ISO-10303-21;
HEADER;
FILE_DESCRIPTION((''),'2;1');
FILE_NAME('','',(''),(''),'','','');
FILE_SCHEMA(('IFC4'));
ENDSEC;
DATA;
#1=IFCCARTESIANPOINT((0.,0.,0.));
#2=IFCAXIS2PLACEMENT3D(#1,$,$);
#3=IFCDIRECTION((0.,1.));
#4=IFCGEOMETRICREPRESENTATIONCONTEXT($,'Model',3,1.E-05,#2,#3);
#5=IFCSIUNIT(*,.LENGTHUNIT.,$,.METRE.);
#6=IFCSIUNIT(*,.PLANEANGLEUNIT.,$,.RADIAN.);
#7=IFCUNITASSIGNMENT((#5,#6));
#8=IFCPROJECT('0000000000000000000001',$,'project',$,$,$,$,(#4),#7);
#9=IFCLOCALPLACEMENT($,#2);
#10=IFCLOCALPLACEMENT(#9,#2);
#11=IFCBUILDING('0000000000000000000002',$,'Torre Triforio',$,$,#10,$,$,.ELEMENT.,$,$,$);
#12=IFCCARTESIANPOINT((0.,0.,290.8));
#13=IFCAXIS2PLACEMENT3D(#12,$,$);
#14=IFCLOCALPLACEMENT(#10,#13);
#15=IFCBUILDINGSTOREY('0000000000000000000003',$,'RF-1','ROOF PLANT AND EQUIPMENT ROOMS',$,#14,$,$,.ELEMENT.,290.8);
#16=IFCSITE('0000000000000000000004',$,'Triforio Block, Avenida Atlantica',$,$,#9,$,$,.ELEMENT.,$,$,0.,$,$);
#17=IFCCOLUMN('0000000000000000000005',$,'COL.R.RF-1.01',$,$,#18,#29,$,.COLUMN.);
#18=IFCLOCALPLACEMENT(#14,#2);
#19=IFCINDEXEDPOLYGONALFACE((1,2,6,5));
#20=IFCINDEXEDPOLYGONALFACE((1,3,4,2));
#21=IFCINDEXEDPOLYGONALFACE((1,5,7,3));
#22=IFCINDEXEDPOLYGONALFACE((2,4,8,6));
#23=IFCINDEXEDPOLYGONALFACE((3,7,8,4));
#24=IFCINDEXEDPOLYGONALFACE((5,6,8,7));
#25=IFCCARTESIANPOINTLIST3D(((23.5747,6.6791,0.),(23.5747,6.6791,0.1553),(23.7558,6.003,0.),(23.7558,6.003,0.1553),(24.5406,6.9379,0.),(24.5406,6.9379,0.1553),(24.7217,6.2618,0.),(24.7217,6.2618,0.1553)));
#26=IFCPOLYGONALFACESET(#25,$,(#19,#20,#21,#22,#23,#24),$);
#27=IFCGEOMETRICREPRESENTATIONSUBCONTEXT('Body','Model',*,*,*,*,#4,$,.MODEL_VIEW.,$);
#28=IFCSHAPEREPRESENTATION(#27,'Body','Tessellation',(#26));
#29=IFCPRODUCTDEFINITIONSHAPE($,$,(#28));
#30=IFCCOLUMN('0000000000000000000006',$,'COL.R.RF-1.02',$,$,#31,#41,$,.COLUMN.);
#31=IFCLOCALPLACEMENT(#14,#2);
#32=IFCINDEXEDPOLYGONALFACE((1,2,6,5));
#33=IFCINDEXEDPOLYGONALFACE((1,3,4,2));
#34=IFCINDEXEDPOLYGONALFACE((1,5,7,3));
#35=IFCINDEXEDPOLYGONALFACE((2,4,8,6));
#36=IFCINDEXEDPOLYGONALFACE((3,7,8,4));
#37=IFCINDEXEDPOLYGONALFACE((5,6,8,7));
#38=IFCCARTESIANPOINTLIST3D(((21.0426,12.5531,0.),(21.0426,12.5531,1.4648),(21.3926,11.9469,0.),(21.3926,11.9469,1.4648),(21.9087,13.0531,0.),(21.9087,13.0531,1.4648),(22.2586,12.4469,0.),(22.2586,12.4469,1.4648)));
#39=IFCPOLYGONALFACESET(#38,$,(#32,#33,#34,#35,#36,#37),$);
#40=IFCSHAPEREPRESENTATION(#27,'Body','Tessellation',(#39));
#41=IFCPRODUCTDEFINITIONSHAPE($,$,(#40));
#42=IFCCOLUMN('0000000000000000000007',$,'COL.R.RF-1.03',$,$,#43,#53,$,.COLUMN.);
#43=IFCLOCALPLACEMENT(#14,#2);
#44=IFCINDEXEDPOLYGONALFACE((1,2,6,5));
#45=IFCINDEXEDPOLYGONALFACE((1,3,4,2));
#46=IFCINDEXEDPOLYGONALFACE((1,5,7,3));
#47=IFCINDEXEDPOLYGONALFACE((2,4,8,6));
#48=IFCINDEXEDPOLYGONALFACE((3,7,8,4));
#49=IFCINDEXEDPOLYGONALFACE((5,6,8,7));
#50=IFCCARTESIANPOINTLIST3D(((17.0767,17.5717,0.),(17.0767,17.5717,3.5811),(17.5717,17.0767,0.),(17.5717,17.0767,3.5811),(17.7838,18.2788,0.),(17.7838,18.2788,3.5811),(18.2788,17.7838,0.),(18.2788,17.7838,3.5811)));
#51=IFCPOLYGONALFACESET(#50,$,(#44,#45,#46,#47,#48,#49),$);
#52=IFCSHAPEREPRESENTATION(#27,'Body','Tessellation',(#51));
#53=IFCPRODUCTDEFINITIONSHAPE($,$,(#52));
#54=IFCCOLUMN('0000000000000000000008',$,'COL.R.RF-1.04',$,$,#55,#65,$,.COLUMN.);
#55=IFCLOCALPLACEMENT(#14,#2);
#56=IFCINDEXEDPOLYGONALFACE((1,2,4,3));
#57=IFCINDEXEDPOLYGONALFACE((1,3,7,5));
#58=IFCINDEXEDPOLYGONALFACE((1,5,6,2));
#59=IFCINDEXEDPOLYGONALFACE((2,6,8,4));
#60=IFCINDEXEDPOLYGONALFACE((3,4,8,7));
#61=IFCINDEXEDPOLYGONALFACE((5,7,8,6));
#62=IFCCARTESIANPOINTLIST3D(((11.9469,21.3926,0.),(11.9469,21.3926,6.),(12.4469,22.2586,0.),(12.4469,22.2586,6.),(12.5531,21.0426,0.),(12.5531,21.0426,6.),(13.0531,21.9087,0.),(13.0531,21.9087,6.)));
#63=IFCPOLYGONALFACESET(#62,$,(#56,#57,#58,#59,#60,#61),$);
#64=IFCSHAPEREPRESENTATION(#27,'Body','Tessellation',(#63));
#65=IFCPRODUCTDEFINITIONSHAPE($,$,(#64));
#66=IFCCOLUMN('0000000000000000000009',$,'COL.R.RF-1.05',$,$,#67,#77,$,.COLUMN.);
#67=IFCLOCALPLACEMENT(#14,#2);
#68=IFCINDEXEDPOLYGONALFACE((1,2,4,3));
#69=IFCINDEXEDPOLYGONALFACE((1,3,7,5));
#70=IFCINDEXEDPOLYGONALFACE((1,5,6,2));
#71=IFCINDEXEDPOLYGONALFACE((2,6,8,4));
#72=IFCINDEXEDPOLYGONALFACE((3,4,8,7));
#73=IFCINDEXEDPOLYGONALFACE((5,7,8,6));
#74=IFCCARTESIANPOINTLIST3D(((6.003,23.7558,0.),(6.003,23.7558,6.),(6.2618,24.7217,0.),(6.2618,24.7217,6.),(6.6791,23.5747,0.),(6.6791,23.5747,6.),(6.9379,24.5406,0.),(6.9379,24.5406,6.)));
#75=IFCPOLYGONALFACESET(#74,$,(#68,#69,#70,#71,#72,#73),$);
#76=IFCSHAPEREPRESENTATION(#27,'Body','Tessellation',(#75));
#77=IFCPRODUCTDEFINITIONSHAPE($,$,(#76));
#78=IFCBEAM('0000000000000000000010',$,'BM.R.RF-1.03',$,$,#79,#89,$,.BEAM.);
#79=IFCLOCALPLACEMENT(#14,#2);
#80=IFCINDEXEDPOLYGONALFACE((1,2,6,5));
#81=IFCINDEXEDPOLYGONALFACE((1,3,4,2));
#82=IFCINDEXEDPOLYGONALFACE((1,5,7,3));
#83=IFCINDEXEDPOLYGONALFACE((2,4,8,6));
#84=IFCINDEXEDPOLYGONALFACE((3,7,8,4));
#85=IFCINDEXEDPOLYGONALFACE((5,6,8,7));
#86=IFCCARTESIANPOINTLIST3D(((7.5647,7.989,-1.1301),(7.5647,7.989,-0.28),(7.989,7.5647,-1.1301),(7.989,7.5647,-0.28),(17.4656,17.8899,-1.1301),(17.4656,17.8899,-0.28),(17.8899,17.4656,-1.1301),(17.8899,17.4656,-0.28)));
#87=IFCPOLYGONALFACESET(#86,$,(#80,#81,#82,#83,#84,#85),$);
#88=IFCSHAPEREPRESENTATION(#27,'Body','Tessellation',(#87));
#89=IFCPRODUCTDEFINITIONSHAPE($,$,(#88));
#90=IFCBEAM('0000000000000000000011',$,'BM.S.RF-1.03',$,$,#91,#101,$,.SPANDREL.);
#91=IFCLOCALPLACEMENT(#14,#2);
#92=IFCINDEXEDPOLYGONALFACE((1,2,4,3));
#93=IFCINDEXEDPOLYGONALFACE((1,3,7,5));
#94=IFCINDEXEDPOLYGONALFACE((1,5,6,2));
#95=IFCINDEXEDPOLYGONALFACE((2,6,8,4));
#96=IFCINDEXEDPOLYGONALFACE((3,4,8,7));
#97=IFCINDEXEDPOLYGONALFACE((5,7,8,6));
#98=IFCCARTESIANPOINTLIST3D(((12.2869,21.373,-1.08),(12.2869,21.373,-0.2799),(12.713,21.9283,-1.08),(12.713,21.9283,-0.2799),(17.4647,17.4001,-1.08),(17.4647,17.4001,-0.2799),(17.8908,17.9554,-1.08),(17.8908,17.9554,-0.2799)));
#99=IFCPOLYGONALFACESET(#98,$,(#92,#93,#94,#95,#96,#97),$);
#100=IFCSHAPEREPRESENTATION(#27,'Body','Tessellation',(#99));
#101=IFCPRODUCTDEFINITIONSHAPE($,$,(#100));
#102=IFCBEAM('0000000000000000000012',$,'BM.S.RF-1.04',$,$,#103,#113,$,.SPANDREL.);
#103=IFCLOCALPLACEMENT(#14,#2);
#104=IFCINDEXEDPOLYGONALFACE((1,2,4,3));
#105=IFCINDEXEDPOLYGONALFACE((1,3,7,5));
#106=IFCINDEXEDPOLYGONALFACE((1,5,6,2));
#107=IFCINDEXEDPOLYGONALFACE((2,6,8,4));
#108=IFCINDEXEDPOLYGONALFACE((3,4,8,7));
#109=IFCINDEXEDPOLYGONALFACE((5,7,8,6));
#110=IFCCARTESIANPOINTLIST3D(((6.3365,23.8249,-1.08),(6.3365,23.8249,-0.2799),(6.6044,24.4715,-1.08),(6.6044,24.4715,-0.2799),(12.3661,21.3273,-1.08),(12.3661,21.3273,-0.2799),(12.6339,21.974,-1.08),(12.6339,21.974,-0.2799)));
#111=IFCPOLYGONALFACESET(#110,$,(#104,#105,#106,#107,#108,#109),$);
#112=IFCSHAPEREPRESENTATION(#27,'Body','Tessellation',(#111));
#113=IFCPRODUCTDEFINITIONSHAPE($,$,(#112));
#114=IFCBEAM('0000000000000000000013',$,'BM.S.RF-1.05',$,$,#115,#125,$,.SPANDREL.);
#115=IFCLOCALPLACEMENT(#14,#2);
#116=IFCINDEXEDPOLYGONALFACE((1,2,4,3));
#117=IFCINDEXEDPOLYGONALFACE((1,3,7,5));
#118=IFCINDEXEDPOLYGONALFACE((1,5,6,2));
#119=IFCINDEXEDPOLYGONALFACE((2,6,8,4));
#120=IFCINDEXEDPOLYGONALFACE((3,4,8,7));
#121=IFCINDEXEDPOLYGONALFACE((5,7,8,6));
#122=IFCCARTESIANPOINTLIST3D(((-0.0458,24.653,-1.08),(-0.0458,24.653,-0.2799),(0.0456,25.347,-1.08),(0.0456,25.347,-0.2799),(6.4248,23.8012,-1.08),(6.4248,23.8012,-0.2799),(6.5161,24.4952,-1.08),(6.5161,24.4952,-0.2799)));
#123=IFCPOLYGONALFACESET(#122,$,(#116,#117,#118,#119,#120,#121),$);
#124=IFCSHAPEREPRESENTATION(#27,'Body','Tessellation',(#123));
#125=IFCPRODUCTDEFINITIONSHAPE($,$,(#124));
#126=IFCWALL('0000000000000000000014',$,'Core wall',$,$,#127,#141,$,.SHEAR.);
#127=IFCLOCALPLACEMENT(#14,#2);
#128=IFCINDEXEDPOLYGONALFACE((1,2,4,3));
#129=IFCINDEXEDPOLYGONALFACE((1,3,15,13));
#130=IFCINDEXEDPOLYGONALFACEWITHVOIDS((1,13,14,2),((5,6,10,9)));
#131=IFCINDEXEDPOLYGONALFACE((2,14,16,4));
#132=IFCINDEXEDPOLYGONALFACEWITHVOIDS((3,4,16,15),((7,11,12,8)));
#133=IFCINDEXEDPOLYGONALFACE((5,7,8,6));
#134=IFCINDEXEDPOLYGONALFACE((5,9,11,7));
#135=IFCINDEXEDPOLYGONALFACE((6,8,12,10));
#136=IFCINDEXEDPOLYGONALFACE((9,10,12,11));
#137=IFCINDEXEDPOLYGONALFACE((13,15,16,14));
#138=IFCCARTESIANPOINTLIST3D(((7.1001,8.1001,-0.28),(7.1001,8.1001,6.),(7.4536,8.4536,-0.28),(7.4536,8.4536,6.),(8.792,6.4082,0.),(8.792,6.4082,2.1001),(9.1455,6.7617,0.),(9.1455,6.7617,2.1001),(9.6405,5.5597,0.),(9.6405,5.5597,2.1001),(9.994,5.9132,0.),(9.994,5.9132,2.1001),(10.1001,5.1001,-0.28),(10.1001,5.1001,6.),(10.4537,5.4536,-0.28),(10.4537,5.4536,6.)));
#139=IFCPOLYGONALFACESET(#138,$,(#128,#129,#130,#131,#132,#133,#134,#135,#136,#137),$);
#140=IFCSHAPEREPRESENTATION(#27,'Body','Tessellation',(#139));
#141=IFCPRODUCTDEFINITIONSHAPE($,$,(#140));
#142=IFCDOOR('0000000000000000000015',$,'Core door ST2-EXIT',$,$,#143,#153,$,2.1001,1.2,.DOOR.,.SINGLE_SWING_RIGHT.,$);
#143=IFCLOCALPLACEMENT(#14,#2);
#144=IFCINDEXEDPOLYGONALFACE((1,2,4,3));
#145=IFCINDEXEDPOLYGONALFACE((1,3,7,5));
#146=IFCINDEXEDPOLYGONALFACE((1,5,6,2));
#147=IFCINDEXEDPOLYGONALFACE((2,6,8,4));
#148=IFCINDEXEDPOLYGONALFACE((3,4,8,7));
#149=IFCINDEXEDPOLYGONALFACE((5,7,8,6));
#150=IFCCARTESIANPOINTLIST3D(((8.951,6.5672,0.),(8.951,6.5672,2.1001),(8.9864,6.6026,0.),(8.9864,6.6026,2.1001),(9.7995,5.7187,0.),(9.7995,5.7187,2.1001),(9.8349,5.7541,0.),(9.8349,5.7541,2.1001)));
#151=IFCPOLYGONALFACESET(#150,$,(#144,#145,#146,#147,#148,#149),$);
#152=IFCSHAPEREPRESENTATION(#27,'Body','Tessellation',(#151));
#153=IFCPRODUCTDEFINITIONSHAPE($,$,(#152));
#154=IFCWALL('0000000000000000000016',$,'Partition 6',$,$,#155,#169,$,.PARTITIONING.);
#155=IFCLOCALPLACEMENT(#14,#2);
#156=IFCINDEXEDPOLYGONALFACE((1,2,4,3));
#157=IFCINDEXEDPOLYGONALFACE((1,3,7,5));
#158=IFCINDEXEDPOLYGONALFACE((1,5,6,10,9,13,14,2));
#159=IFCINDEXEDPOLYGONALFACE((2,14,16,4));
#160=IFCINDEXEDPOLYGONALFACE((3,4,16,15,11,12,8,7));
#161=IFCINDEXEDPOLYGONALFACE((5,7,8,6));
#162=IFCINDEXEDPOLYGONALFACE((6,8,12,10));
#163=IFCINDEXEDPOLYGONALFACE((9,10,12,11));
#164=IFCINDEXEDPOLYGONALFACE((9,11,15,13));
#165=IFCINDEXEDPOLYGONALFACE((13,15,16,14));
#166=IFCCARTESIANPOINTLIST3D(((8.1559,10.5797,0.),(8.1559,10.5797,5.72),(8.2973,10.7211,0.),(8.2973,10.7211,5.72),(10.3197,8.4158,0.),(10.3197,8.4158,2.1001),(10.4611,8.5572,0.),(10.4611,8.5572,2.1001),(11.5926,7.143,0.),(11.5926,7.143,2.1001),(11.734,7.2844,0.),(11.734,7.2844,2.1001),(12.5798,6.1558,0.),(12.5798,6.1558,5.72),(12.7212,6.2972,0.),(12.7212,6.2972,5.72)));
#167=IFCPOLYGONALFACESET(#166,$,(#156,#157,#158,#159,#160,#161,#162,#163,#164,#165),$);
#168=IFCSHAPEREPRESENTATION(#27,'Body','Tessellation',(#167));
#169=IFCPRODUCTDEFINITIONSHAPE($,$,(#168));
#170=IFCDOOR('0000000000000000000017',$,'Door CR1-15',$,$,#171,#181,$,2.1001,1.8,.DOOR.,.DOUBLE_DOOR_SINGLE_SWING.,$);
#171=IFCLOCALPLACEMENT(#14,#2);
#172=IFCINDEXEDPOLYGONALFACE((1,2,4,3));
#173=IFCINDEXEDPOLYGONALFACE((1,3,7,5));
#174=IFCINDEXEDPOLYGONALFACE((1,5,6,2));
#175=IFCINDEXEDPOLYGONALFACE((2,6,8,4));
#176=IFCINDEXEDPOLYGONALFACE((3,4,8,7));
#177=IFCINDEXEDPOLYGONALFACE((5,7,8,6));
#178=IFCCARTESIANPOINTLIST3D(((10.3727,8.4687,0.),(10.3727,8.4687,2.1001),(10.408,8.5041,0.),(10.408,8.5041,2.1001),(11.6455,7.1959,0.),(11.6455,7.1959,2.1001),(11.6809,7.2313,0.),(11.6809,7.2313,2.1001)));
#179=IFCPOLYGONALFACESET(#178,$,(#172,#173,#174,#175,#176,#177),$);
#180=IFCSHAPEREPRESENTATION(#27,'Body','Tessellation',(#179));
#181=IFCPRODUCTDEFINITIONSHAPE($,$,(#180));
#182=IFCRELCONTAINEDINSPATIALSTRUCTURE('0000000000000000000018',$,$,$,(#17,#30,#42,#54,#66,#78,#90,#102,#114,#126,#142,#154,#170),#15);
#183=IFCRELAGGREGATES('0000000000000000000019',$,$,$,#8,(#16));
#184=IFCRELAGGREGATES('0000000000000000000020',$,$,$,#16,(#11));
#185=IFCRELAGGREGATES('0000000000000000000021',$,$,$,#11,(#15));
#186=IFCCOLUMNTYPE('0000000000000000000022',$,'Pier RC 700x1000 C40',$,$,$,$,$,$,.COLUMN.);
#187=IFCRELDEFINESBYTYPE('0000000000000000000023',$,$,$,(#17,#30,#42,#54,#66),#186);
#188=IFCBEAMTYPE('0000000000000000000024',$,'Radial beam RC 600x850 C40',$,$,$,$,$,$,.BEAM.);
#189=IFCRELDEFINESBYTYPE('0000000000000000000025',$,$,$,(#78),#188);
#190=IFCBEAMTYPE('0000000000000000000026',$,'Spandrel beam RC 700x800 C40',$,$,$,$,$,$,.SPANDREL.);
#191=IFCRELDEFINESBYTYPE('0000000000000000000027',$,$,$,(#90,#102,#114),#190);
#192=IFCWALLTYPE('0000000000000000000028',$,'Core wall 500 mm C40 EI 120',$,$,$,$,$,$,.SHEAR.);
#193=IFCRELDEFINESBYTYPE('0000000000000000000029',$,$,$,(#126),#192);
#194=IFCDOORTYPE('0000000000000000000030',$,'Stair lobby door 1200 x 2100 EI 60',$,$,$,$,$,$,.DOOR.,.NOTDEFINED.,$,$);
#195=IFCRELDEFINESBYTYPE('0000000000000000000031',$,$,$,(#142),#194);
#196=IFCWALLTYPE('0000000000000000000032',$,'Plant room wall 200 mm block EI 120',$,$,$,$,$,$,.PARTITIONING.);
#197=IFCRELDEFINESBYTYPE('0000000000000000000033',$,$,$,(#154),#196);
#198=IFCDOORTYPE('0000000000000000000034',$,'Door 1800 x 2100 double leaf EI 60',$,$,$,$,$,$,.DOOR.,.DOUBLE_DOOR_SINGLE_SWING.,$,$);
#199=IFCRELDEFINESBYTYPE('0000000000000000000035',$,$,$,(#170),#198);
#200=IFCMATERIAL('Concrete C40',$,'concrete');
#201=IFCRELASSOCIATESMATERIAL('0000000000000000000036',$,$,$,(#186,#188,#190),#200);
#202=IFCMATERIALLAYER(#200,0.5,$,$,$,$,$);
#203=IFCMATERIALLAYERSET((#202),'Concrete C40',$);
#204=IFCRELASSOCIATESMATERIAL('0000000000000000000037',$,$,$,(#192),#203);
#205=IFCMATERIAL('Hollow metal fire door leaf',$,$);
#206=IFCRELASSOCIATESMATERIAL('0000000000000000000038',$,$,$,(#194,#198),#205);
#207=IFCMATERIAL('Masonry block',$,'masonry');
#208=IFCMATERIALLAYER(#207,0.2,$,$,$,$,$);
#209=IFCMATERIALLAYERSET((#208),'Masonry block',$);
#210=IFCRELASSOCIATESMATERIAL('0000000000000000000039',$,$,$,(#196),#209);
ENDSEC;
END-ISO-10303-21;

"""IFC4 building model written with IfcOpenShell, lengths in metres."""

from ifc_helpers import new_model, si_unit, direction, frame, frame_2d, origin, origin_2d, place, context, subcontext, project, spatial, rectangle, extrude, material, layer, layer_set, material_profile, profile_set, type_object, element, fill, save


model = new_model("IFC4")

# Units and contexts
model_context = context("Model", 3, precision=1e-05, world=origin(), true_north=direction((0.0, 1.0)))
body_context = subcontext(model_context, "Body", "Model", "MODEL_VIEW")
ifc_project = project(units=[si_unit("LENGTHUNIT", "METRE"), si_unit("PLANEANGLEUNIT", "RADIAN")], contexts=[model_context])

# Site, building, storey
site_placement = place(None, origin())
site = spatial("IfcSite", under=ifc_project, at=site_placement, Name="Triforio Block, Avenida Atlantica", CompositionType="ELEMENT", RefElevation=0.0)
building_placement = place(site_placement, origin())
building = spatial("IfcBuilding", under=site, at=building_placement, Name="Torre Triforio", CompositionType="ELEMENT")
storey_placement = place(building_placement, frame((0.0, 0.0, 290.8)))
storey = spatial("IfcBuildingStorey", under=building, at=storey_placement, Name="RF-1", Description="ROOF PLANT AND EQUIPMENT ROOMS", CompositionType="ELEMENT", Elevation=290.8)

# Columns
ifc_material_1 = material(Name="Concrete C40", Category="concrete")
ifc_material_profile_1 = material_profile(ifc_material_1, rectangle(XDim=0.7, YDim=1.0, at=origin_2d()), Name="RC 700x1000")
ifc_profile_set_1 = profile_set([ifc_material_profile_1], Name="Concrete C40")
column_type = type_object("IfcColumnType", Name="Pier RC 700x1000 C40", PredefinedType="COLUMN", material=ifc_profile_set_1)
column_1_placement = place(storey_placement, frame((24.1482, 6.4705, 0.0), z_axis=(0.0, 0.0, 1.0), x_axis=(-0.258819, 0.965926, 0.0)))
element("IfcColumn", 1, at=column_1_placement, inside=storey, type_object=column_type, Name="COL.R.RF-1.01", PredefinedType="COLUMN", context=body_context, shape_type="SweptSolid", body=[
    extrude(rectangle(XDim=0.7, YDim=1.0, at=origin_2d()), origin(), (0.0, 0.0, 1.0), 0.1553),
])
column_2_placement = place(storey_placement, frame((21.6506, 12.5, 0.0), z_axis=(0.0, 0.0, 1.0), x_axis=(-0.5, 0.866025, 0.0)))
element("IfcColumn", 2, at=column_2_placement, inside=storey, type_object=column_type, Name="COL.R.RF-1.02", PredefinedType="COLUMN", context=body_context, shape_type="SweptSolid", body=[
    extrude(rectangle(XDim=0.7, YDim=1.0, at=origin_2d()), origin(), (0.0, 0.0, 1.0), 1.4648),
])
column_3_placement = place(storey_placement, frame((17.6777, 17.6777, 0.0), z_axis=(0.0, 0.0, 1.0), x_axis=(-0.707107, 0.707107, 0.0)))
element("IfcColumn", 3, at=column_3_placement, inside=storey, type_object=column_type, Name="COL.R.RF-1.03", PredefinedType="COLUMN", context=body_context, shape_type="SweptSolid", body=[
    extrude(rectangle(XDim=0.7, YDim=1.0, at=origin_2d()), origin(), (0.0, 0.0, 1.0), 3.5811),
])
for number, where, z_axis, x_axis, name in (
    (4, (12.5, 21.6506, 0.0), (0.0, 0.0, 1.0), (-0.866025, 0.5, 0.0), "COL.R.RF-1.04"),
    (5, (6.4705, 24.1482, 0.0), (0.0, 0.0, 1.0), (-0.965926, 0.258819, 0.0), "COL.R.RF-1.05"),
):
    element("IfcColumn", number, at=place(storey_placement, frame(where, z_axis=z_axis, x_axis=x_axis)), inside=storey, type_object=column_type, Name=name, PredefinedType="COLUMN", context=body_context, shape_type="SweptSolid", body=[
        extrude(rectangle(XDim=0.7, YDim=1.0, at=origin_2d()), origin(), (0.0, 0.0, 1.0), 6.0),
    ])

# Beams
ifc_material_profile_2 = material_profile(ifc_material_1, rectangle(XDim=0.6001, YDim=0.8501, at=origin_2d()), Name="RC 600x850")
ifc_profile_set_2 = profile_set([ifc_material_profile_2], Name="Concrete C40")
beam_type_1 = type_object("IfcBeamType", Name="Radial beam RC 600x850 C40", PredefinedType="BEAM", material=ifc_profile_set_2)
beam_placement = place(storey_placement, frame((7.7769, 7.7769, -0.7051), z_axis=(0.707107, 0.707107, 0.0), x_axis=(-0.707107, 0.707107, 0.0)))
element("IfcBeam", 6, at=beam_placement, inside=storey, type_object=beam_type_1, Name="BM.R.RF-1.03", PredefinedType="BEAM", context=body_context, shape_type="SweptSolid", body=[
    extrude(rectangle(XDim=0.6001, YDim=0.8501, at=origin_2d()), origin(), (0.0, 0.0, 1.0), 14.002),
])
ifc_material_profile_3 = material_profile(ifc_material_1, rectangle(XDim=0.7, YDim=0.8, at=origin_2d()), Name="RC 700x800")
ifc_profile_set_3 = profile_set([ifc_material_profile_3], Name="Concrete C40")
beam_type_2 = type_object("IfcBeamType", Name="Spandrel beam RC 700x800 C40", PredefinedType="SPANDREL", material=ifc_profile_set_3)
for number, where, z_axis, x_axis, name in (
    (7, (17.6777, 17.6777, -0.6799), (-0.793362, 0.60875, 0.0), (-0.60875, -0.793362, 0.0), "BM.S.RF-1.03"),
    (8, (12.5, 21.6506, -0.6799), (-0.923877, 0.382689, 0.0), (-0.382689, -0.923877, 0.0), "BM.S.RF-1.04"),
    (9, (6.4705, 24.1482, -0.6799), (-0.991446, 0.130519, 0.0), (-0.130519, -0.991446, 0.0), "BM.S.RF-1.05"),
):
    element("IfcBeam", number, at=place(storey_placement, frame(where, z_axis=z_axis, x_axis=x_axis)), inside=storey, type_object=beam_type_2, Name=name, PredefinedType="SPANDREL", context=body_context, shape_type="SweptSolid", body=[
        extrude(rectangle(XDim=0.7, YDim=0.8, at=origin_2d()), origin(), (0.0, 0.0, 1.0), 6.5264),
    ])

# Walls, openings, doors
ifc_layer_1 = layer(ifc_material_1, 0.5)
ifc_layer_set_1 = layer_set([ifc_layer_1], Name="Concrete C40")
wall_type_1 = type_object("IfcWallType", Name="Core wall 500 mm C40 EI 120", PredefinedType="SHEAR", material=ifc_layer_set_1)
wall_1_placement = place(storey_placement, frame((7.2769, 8.2769, -0.28), z_axis=(0.0, 0.0, 1.0), x_axis=(0.707107, -0.707107, 0.0)))
wall_1 = element("IfcWall", 10, at=wall_1_placement, inside=storey, type_object=wall_type_1, Name="Core wall", PredefinedType="SHEAR", context=body_context, shape_type="SweptSolid", body=[
    extrude(rectangle(XDim=4.2427, YDim=0.5, at=frame_2d((2.1213, 0.0))), origin(), (0.0, 0.0, 1.0), 6.28),
])
opening_1_placement = place(wall_1_placement, frame((2.3926, 0.0, 0.28)))
opening_1 = element("IfcOpeningElement", 11, at=opening_1_placement, cuts=wall_1, PredefinedType="OPENING", context=body_context, shape_type="SweptSolid", body=[
    extrude(rectangle(XDim=1.2, YDim=2.1001, at=frame_2d((0.6001, 1.05))), frame((0.0, 0.26, 0.0), z_axis=(0.0, -1.0, 0.0), x_axis=(1.0, 0.0, 0.0)), (0.0, 0.0, 1.0), 0.52),
])
ifc_material_2 = material(Name="Hollow metal fire door leaf")
door_type_1 = type_object("IfcDoorType", Name="Stair lobby door 1200 x 2100 EI 60", OperationType="NOTDEFINED", PredefinedType="DOOR", material=ifc_material_2)
door_1_placement = place(opening_1_placement, origin())
door_1 = element("IfcDoor", 12, at=door_1_placement, inside=storey, type_object=door_type_1, Name="Core door ST2-EXIT", OperationType="SINGLE_SWING_RIGHT", OverallHeight=2.1001, OverallWidth=1.2, PredefinedType="DOOR", context=body_context, shape_type="SweptSolid", body=[
    extrude(rectangle(XDim=1.2, YDim=2.1001, at=frame_2d((0.6001, 1.05))), frame((0.0, 0.0249, 0.0), z_axis=(0.0, -1.0, 0.0), x_axis=(1.0, 0.0, 0.0)), (0.0, 0.0, 1.0), 0.05),
])
fill(opening_1, door_1)
ifc_material_3 = material(Name="Masonry block", Category="masonry")
ifc_layer_2 = layer(ifc_material_3, 0.2)
ifc_layer_set_2 = layer_set([ifc_layer_2], Name="Masonry block")
wall_type_2 = type_object("IfcWallType", Name="Plant room wall 200 mm block EI 120", PredefinedType="PARTITIONING", material=ifc_layer_set_2)
wall_2_placement = place(storey_placement, frame((8.2266, 10.6504, 0.0), z_axis=(0.0, 0.0, 1.0), x_axis=(0.707107, -0.707107, 0.0)))
wall_2 = element("IfcWall", 13, at=wall_2_placement, inside=storey, type_object=wall_type_2, Name="Partition 6", PredefinedType="PARTITIONING", context=body_context, shape_type="SweptSolid", body=[
    extrude(rectangle(XDim=6.2563, YDim=0.2, at=frame_2d((3.1282, 0.0))), origin(), (0.0, 0.0, 1.0), 5.72),
])
opening_2_placement = place(wall_2_placement, frame((3.0603, 0.0, 0.0)))
opening_2 = element("IfcOpeningElement", 14, at=opening_2_placement, cuts=wall_2, PredefinedType="OPENING", context=body_context, shape_type="SweptSolid", body=[
    extrude(rectangle(XDim=1.8, YDim=2.1001, at=frame_2d((0.8999, 1.05))), frame((0.0, 0.1099, 0.0), z_axis=(0.0, -1.0, 0.0), x_axis=(1.0, 0.0, 0.0)), (0.0, 0.0, 1.0), 0.22),
])
door_type_2 = type_object("IfcDoorType", Name="Door 1800 x 2100 double leaf EI 60", OperationType="DOUBLE_DOOR_SINGLE_SWING", PredefinedType="DOOR", material=ifc_material_2)
door_2_placement = place(opening_2_placement, origin())
door_2 = element("IfcDoor", 15, at=door_2_placement, inside=storey, type_object=door_type_2, Name="Door CR1-15", OperationType="DOUBLE_DOOR_SINGLE_SWING", OverallHeight=2.1001, OverallWidth=1.8, PredefinedType="DOOR", context=body_context, shape_type="SweptSolid", body=[
    extrude(rectangle(XDim=1.8, YDim=2.1001, at=frame_2d((0.8999, 1.05))), frame((0.0, 0.0249, 0.0), z_axis=(0.0, -1.0, 0.0), x_axis=(1.0, 0.0, 0.0)), (0.0, 0.0, 1.0), 0.05),
])
fill(opening_2, door_2)

save(model, "model.ifc")
